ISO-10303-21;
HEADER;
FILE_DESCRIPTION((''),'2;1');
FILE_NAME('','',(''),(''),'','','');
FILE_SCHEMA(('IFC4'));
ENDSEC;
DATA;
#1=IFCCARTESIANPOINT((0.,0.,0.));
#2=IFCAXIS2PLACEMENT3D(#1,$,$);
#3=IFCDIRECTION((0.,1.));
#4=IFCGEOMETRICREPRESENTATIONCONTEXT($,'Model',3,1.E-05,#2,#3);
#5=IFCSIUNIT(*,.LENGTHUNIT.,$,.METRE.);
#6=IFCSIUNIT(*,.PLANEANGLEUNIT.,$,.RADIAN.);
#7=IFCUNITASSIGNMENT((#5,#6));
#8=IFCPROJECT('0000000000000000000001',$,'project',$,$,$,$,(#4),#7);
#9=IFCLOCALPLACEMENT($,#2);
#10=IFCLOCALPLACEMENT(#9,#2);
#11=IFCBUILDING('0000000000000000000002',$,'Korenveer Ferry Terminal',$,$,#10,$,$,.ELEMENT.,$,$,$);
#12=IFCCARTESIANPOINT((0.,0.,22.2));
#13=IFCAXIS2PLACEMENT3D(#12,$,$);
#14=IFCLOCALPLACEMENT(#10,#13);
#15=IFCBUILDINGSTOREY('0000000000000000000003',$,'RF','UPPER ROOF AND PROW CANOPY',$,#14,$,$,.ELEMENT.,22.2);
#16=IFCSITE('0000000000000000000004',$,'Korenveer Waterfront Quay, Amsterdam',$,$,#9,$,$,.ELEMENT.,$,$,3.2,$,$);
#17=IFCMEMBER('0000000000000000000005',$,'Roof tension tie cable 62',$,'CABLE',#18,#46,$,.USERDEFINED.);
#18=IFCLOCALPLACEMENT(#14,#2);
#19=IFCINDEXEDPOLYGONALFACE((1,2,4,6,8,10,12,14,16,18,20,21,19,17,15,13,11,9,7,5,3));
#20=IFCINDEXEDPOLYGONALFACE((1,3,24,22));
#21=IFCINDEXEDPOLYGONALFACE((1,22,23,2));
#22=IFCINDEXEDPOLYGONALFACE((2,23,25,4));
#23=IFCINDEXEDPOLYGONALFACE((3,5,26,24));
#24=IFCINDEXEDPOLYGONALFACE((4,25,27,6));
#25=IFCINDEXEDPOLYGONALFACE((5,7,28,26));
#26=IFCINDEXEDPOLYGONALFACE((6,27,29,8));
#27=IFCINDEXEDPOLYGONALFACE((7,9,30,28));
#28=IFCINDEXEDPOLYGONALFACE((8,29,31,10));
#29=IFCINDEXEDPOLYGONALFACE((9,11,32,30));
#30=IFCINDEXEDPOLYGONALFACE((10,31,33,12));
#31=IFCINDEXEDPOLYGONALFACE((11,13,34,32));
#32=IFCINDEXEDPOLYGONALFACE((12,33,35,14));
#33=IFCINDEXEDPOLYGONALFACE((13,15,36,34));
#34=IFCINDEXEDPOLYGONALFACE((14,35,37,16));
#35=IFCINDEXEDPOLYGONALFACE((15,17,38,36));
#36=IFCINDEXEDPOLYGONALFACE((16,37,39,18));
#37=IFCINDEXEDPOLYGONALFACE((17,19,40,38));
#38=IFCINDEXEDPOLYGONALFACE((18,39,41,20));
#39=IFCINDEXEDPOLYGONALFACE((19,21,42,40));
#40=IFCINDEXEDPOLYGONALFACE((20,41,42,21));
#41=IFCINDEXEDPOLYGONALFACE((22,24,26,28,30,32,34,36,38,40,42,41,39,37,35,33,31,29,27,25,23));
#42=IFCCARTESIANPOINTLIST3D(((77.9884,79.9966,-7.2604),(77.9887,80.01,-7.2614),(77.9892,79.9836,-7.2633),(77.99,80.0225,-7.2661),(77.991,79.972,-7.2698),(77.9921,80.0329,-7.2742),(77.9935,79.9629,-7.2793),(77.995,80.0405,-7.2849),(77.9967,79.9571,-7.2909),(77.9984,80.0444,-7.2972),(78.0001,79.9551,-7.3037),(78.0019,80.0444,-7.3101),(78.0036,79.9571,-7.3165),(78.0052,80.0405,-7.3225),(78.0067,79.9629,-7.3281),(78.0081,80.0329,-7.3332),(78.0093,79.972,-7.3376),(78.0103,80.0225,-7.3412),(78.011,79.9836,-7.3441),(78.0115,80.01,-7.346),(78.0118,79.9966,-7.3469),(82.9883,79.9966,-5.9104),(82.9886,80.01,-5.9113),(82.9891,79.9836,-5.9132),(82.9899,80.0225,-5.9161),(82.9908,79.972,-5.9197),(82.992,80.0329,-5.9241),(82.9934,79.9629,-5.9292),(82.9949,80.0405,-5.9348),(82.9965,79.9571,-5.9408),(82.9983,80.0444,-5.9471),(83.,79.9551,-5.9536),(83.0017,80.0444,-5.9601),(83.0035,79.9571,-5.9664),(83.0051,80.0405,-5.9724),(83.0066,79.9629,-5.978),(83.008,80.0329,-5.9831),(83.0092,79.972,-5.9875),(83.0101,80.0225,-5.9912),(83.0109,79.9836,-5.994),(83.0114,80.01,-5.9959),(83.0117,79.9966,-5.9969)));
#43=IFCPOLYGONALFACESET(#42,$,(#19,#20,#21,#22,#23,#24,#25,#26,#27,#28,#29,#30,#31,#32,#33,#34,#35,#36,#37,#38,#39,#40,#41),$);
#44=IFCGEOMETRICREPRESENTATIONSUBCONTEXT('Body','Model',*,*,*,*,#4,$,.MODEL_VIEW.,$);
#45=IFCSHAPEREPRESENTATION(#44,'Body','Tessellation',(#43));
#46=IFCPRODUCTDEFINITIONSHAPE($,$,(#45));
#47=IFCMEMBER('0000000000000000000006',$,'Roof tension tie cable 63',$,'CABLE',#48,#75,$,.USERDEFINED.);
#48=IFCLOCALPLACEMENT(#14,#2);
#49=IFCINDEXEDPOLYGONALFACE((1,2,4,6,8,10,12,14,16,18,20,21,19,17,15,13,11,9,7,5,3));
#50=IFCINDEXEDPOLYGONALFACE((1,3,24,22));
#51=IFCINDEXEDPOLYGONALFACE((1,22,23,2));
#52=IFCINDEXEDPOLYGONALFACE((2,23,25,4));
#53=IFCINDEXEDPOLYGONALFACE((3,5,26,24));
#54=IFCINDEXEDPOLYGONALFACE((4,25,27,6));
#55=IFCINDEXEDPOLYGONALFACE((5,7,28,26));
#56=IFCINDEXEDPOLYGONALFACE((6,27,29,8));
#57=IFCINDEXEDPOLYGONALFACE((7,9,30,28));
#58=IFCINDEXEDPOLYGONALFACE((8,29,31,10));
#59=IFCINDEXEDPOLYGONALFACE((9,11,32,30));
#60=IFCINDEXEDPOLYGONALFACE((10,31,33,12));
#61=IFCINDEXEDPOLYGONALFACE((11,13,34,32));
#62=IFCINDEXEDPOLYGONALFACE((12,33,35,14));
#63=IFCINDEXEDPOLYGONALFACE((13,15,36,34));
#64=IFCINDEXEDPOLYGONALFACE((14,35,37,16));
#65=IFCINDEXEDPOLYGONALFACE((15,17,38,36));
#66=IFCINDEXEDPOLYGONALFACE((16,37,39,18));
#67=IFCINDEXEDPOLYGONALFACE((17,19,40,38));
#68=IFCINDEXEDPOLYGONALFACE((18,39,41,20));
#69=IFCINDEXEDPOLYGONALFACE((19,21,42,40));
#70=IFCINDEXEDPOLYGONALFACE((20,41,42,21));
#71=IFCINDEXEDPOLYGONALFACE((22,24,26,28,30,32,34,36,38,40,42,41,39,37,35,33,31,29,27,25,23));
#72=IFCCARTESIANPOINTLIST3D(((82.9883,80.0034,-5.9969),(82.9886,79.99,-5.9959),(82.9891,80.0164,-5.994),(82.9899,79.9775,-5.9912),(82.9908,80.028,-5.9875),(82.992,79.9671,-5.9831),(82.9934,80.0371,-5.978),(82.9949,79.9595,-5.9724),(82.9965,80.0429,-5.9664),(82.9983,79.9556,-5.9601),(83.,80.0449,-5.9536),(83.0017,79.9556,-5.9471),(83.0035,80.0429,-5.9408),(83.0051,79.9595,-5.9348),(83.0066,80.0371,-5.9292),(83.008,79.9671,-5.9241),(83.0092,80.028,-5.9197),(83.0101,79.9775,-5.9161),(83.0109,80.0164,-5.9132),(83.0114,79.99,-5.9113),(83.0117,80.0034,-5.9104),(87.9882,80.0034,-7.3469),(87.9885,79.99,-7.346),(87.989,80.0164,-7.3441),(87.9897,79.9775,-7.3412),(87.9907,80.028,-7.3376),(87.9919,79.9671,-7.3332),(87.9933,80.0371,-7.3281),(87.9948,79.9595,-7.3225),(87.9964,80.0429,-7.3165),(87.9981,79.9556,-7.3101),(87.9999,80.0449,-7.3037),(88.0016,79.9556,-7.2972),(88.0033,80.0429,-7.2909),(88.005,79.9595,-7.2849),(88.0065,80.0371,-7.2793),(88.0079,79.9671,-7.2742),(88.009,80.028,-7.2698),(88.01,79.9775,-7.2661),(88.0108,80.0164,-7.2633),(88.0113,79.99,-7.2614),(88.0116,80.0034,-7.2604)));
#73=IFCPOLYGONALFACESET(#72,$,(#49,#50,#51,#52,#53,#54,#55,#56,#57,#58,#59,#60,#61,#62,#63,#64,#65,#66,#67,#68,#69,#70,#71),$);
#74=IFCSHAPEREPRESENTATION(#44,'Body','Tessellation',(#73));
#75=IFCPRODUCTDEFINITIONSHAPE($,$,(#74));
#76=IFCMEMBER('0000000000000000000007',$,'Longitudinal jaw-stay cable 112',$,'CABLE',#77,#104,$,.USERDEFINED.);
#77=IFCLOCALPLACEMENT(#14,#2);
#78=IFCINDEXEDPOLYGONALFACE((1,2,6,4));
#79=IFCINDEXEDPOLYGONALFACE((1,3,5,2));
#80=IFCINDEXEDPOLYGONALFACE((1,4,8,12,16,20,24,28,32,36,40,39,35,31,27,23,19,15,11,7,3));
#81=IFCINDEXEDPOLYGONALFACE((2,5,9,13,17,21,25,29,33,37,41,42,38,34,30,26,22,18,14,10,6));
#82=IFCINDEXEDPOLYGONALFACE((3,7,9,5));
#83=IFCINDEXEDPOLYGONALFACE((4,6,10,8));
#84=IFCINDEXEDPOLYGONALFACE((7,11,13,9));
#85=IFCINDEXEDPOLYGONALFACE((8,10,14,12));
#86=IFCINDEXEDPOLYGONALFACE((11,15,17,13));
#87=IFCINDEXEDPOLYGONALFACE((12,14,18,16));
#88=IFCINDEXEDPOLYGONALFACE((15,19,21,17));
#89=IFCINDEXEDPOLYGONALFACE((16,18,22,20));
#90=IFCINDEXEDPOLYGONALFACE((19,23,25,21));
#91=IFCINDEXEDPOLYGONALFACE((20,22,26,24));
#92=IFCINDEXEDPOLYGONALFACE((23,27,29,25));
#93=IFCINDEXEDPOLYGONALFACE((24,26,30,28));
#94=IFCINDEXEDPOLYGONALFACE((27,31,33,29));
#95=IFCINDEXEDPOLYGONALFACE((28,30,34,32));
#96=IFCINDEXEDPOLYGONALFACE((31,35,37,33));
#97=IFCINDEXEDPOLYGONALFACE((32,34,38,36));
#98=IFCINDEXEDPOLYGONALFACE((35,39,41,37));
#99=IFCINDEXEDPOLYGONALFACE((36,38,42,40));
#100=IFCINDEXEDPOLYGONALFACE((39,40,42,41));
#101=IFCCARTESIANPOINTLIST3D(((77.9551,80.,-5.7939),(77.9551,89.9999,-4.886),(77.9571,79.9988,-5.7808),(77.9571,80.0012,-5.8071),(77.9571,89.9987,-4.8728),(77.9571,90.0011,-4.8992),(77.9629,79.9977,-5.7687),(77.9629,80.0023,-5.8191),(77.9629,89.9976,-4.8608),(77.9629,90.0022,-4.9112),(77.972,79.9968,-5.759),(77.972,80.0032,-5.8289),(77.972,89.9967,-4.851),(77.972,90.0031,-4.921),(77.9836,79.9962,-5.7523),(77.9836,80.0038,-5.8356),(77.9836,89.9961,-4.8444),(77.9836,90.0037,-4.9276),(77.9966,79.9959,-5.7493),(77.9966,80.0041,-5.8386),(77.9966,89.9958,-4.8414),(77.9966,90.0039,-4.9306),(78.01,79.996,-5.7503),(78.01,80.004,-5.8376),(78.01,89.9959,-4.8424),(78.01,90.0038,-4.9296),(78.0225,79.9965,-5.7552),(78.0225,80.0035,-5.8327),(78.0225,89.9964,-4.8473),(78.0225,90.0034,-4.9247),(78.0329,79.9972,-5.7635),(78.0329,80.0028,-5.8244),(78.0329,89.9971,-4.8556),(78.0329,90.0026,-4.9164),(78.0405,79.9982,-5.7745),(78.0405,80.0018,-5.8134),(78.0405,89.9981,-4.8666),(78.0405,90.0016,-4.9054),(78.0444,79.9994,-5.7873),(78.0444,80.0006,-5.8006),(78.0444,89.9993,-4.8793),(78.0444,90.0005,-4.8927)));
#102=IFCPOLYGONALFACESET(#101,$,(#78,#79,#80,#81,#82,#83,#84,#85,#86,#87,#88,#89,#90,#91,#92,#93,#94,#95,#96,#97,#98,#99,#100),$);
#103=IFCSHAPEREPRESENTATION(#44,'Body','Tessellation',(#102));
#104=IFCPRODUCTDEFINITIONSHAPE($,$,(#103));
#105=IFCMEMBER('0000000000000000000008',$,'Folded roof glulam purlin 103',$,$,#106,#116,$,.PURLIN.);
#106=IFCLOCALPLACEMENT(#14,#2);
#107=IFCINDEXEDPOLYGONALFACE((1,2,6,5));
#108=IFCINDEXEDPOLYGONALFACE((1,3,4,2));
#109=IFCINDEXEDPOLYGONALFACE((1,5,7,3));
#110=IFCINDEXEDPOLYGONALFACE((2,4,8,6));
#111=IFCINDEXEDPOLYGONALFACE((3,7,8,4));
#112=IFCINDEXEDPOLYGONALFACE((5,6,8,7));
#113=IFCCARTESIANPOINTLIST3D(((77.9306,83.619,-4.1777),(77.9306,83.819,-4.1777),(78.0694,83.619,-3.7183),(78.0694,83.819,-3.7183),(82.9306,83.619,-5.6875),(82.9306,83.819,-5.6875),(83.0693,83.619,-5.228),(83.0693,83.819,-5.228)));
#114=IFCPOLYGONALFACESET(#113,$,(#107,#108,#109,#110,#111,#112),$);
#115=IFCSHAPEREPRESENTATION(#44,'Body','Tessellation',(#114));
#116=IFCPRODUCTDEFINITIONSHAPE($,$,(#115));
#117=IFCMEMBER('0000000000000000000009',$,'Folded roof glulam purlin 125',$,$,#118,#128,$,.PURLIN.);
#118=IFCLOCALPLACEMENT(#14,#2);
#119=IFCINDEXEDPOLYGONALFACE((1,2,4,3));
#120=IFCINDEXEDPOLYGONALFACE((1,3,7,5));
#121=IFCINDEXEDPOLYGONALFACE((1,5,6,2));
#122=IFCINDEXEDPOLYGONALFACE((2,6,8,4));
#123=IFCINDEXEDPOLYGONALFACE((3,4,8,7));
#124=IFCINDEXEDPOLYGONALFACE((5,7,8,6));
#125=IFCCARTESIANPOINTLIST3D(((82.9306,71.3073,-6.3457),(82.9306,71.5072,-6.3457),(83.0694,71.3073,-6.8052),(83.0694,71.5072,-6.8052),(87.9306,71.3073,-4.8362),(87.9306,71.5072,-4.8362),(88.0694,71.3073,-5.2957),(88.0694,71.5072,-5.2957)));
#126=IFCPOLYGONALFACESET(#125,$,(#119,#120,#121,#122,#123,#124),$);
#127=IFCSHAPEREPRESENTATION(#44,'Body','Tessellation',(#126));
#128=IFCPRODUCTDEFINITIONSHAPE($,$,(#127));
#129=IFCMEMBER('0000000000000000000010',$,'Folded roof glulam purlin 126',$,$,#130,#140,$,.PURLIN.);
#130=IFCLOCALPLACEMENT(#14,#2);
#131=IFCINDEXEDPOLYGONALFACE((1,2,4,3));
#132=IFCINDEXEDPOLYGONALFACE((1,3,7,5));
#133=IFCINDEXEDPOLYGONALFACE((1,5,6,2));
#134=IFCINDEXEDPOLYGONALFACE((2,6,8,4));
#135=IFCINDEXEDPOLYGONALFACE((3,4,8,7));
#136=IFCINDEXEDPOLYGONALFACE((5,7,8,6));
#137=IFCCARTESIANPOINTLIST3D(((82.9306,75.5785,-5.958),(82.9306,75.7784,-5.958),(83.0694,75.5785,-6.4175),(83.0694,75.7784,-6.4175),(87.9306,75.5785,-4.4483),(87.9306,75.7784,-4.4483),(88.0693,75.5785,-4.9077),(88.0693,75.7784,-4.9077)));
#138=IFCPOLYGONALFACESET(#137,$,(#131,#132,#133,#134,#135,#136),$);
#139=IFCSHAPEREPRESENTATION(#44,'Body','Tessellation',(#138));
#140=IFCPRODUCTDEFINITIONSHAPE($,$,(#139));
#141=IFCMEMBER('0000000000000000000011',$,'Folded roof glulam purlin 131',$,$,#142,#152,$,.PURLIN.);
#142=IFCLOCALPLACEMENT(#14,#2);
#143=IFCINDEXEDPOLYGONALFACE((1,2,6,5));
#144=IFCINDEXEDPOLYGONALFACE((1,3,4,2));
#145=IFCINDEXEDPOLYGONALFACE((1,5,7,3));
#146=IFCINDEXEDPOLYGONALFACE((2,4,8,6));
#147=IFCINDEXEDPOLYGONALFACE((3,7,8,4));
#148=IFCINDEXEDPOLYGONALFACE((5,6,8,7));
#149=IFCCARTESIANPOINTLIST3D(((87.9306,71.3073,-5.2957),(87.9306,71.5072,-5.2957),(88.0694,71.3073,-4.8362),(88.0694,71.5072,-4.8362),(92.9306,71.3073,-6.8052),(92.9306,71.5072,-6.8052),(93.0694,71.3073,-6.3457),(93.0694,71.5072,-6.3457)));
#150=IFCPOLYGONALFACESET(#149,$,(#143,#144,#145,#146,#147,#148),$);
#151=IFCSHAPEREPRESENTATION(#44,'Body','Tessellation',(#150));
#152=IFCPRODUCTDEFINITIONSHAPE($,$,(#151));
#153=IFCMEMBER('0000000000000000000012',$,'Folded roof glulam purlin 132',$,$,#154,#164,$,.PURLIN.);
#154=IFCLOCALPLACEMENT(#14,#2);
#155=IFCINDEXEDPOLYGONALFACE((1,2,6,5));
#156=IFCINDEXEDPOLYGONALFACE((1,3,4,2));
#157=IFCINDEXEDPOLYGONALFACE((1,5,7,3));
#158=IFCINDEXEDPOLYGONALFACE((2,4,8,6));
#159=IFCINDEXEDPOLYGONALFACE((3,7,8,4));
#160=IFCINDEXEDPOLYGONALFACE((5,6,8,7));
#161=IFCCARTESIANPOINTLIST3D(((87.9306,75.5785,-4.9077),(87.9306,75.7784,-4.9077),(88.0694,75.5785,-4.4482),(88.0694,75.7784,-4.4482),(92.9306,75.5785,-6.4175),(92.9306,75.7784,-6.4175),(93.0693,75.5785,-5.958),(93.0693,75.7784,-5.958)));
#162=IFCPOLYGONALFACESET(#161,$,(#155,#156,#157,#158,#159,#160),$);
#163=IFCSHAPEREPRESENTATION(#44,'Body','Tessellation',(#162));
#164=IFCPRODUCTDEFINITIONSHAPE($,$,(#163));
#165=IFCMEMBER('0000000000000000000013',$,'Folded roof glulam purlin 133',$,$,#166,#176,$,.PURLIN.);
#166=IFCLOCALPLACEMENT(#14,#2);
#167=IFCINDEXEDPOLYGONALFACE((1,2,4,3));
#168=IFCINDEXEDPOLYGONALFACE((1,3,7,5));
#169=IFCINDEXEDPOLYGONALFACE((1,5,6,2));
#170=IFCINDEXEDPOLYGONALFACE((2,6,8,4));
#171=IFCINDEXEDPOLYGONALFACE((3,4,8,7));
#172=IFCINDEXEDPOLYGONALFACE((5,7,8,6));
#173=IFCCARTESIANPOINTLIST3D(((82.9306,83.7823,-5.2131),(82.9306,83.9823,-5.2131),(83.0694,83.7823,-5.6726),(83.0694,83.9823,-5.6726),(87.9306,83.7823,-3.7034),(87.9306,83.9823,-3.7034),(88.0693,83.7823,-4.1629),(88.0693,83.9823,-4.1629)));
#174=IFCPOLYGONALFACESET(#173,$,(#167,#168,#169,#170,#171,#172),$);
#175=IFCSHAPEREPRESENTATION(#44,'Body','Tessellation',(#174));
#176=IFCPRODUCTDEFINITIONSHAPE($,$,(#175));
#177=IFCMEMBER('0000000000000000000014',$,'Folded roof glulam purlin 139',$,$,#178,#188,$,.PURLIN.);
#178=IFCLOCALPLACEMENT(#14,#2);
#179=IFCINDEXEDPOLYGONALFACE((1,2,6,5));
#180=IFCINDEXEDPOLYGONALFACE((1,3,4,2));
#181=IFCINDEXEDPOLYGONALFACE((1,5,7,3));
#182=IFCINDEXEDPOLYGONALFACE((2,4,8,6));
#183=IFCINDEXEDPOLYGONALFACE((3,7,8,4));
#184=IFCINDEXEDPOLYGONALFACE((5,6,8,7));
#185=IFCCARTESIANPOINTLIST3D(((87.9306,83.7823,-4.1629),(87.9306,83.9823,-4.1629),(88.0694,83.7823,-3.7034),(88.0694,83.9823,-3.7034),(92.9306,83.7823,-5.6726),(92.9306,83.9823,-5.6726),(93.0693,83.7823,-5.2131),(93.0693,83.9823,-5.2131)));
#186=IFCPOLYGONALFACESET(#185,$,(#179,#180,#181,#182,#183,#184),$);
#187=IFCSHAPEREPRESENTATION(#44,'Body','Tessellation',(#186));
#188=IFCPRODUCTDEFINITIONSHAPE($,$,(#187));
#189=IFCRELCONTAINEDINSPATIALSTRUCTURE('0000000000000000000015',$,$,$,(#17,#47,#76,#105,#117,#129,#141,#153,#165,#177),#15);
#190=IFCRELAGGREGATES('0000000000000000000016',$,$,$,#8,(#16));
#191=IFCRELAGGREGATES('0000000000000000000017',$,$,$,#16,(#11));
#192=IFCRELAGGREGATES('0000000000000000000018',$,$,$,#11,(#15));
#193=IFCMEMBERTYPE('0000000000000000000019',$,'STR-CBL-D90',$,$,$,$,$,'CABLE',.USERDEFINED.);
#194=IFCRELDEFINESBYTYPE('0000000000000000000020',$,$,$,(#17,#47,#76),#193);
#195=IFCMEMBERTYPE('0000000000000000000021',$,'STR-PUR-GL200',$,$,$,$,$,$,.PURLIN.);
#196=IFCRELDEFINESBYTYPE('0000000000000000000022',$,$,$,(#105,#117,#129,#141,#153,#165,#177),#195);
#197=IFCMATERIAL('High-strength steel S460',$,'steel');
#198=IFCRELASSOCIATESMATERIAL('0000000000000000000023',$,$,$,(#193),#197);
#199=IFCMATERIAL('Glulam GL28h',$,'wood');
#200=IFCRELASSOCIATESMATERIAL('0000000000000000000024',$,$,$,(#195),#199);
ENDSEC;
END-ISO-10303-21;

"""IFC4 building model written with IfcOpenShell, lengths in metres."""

from ifc_helpers import new_model, si_unit, direction, frame, origin, origin_2d, place, context, subcontext, project, spatial, rectangle, circle, extrude, material, material_profile, profile_set, type_object, element, save


model = new_model("IFC4")

# Units and contexts
model_context = context("Model", 3, precision=1e-05, world=origin(), true_north=direction((0.0, 1.0)))
body_context = subcontext(model_context, "Body", "Model", "MODEL_VIEW")
ifc_project = project(units=[si_unit("LENGTHUNIT", "METRE"), si_unit("PLANEANGLEUNIT", "RADIAN")], contexts=[model_context])

# Site, building, storey
site_placement = place(None, origin())
site = spatial("IfcSite", under=ifc_project, at=site_placement, Name="Korenveer Waterfront Quay, Amsterdam", CompositionType="ELEMENT", RefElevation=3.2)
building_placement = place(site_placement, origin())
building = spatial("IfcBuilding", under=site, at=building_placement, Name="Korenveer Ferry Terminal", CompositionType="ELEMENT")
storey_placement = place(building_placement, frame((0.0, 0.0, 22.2)))
storey = spatial("IfcBuildingStorey", under=building, at=storey_placement, Name="RF", Description="UPPER ROOF AND PROW CANOPY", CompositionType="ELEMENT", Elevation=22.2)

# Members
ifc_material_1 = material(Name="High-strength steel S460", Category="steel")
ifc_material_profile_1 = material_profile(ifc_material_1, circle(Radius=0.0449, at=origin_2d()), Name="ROD D90")
ifc_profile_set_1 = profile_set([ifc_material_profile_1], Name="High-strength steel S460")
member_type_1 = type_object("IfcMemberType", Name="STR-CBL-D90", ElementType="CABLE", PredefinedType="USERDEFINED", material=ifc_profile_set_1)
for number, where, z_axis, x_axis, name in (
    (1, (83.0, 80.0, -5.9536), (-0.965424, 0.0, -0.260683), (0.0, -1.0, 0.0), "Roof tension tie cable 62"),
    (2, (83.0, 80.0, -5.9536), (0.965424, 0.0, -0.260683), (0.0, 1.0, 0.0), "Roof tension tie cable 63"),
):
    element("IfcMember", number, at=place(storey_placement, frame(where, z_axis=z_axis, x_axis=x_axis)), inside=storey, type_object=member_type_1, Name=name, ObjectType="CABLE", PredefinedType="USERDEFINED", context=body_context, shape_type="SweptSolid", body=[
        extrude(circle(Radius=0.0449, at=origin_2d()), origin(), (0.0, 0.0, 1.0), 5.179),
    ])
member_1_placement = place(storey_placement, frame((78.0, 80.0, -5.7939), z_axis=(0.0, 0.995903, 0.090424), x_axis=(-1.0, 0.0, 0.0)))
element("IfcMember", 3, at=member_1_placement, inside=storey, type_object=member_type_1, Name="Longitudinal jaw-stay cable 112", ObjectType="CABLE", PredefinedType="USERDEFINED", context=body_context, shape_type="SweptSolid", body=[
    extrude(circle(Radius=0.0449, at=origin_2d()), origin(), (0.0, 0.0, 1.0), 10.041),
])
ifc_material_2 = material(Name="Glulam GL28h", Category="wood")
ifc_material_profile_2 = material_profile(ifc_material_2, rectangle(XDim=0.2, YDim=0.48, at=origin_2d()), Name="GL 200x480")
ifc_profile_set_2 = profile_set([ifc_material_profile_2], Name="Glulam GL28h")
member_type_2 = type_object("IfcMemberType", Name="STR-PUR-GL200", PredefinedType="PURLIN", material=ifc_profile_set_2)
for number, where, z_axis, x_axis, name in (
    (4, (78.0, 83.719, -3.948), (0.95731, 0.0, -0.289063), (0.0, 1.0, 0.0), "Folded roof glulam purlin 103"),
    (5, (83.0, 71.4072, -6.5754), (0.957323, 0.0, 0.28902), (0.0, 1.0, 0.0), "Folded roof glulam purlin 125"),
    (6, (83.0, 75.6785, -6.1877), (0.95731, 0.0, 0.289063), (0.0, 1.0, 0.0), "Folded roof glulam purlin 126"),
    (7, (88.0, 71.4072, -5.0659), (0.957323, 0.0, -0.28902), (0.0, 1.0, 0.0), "Folded roof glulam purlin 131"),
    (8, (88.0, 75.6785, -4.678), (0.95731, 0.0, -0.289063), (0.0, 1.0, 0.0), "Folded roof glulam purlin 132"),
    (9, (83.0, 83.8823, -5.4429), (0.95731, 0.0, 0.289063), (0.0, 1.0, 0.0), "Folded roof glulam purlin 133"),
    (10, (88.0, 83.8823, -3.9331), (0.95731, 0.0, -0.289063), (0.0, 1.0, 0.0), "Folded roof glulam purlin 139"),
):
    element("IfcMember", number, at=place(storey_placement, frame(where, z_axis=z_axis, x_axis=x_axis)), inside=storey, type_object=member_type_2, Name=name, PredefinedType="PURLIN", context=body_context, shape_type="SweptSolid", body=[
        extrude(rectangle(XDim=0.2, YDim=0.48, at=origin_2d()), origin(), (0.0, 0.0, 1.0), 5.2229),
    ])

save(model, "model.ifc")
